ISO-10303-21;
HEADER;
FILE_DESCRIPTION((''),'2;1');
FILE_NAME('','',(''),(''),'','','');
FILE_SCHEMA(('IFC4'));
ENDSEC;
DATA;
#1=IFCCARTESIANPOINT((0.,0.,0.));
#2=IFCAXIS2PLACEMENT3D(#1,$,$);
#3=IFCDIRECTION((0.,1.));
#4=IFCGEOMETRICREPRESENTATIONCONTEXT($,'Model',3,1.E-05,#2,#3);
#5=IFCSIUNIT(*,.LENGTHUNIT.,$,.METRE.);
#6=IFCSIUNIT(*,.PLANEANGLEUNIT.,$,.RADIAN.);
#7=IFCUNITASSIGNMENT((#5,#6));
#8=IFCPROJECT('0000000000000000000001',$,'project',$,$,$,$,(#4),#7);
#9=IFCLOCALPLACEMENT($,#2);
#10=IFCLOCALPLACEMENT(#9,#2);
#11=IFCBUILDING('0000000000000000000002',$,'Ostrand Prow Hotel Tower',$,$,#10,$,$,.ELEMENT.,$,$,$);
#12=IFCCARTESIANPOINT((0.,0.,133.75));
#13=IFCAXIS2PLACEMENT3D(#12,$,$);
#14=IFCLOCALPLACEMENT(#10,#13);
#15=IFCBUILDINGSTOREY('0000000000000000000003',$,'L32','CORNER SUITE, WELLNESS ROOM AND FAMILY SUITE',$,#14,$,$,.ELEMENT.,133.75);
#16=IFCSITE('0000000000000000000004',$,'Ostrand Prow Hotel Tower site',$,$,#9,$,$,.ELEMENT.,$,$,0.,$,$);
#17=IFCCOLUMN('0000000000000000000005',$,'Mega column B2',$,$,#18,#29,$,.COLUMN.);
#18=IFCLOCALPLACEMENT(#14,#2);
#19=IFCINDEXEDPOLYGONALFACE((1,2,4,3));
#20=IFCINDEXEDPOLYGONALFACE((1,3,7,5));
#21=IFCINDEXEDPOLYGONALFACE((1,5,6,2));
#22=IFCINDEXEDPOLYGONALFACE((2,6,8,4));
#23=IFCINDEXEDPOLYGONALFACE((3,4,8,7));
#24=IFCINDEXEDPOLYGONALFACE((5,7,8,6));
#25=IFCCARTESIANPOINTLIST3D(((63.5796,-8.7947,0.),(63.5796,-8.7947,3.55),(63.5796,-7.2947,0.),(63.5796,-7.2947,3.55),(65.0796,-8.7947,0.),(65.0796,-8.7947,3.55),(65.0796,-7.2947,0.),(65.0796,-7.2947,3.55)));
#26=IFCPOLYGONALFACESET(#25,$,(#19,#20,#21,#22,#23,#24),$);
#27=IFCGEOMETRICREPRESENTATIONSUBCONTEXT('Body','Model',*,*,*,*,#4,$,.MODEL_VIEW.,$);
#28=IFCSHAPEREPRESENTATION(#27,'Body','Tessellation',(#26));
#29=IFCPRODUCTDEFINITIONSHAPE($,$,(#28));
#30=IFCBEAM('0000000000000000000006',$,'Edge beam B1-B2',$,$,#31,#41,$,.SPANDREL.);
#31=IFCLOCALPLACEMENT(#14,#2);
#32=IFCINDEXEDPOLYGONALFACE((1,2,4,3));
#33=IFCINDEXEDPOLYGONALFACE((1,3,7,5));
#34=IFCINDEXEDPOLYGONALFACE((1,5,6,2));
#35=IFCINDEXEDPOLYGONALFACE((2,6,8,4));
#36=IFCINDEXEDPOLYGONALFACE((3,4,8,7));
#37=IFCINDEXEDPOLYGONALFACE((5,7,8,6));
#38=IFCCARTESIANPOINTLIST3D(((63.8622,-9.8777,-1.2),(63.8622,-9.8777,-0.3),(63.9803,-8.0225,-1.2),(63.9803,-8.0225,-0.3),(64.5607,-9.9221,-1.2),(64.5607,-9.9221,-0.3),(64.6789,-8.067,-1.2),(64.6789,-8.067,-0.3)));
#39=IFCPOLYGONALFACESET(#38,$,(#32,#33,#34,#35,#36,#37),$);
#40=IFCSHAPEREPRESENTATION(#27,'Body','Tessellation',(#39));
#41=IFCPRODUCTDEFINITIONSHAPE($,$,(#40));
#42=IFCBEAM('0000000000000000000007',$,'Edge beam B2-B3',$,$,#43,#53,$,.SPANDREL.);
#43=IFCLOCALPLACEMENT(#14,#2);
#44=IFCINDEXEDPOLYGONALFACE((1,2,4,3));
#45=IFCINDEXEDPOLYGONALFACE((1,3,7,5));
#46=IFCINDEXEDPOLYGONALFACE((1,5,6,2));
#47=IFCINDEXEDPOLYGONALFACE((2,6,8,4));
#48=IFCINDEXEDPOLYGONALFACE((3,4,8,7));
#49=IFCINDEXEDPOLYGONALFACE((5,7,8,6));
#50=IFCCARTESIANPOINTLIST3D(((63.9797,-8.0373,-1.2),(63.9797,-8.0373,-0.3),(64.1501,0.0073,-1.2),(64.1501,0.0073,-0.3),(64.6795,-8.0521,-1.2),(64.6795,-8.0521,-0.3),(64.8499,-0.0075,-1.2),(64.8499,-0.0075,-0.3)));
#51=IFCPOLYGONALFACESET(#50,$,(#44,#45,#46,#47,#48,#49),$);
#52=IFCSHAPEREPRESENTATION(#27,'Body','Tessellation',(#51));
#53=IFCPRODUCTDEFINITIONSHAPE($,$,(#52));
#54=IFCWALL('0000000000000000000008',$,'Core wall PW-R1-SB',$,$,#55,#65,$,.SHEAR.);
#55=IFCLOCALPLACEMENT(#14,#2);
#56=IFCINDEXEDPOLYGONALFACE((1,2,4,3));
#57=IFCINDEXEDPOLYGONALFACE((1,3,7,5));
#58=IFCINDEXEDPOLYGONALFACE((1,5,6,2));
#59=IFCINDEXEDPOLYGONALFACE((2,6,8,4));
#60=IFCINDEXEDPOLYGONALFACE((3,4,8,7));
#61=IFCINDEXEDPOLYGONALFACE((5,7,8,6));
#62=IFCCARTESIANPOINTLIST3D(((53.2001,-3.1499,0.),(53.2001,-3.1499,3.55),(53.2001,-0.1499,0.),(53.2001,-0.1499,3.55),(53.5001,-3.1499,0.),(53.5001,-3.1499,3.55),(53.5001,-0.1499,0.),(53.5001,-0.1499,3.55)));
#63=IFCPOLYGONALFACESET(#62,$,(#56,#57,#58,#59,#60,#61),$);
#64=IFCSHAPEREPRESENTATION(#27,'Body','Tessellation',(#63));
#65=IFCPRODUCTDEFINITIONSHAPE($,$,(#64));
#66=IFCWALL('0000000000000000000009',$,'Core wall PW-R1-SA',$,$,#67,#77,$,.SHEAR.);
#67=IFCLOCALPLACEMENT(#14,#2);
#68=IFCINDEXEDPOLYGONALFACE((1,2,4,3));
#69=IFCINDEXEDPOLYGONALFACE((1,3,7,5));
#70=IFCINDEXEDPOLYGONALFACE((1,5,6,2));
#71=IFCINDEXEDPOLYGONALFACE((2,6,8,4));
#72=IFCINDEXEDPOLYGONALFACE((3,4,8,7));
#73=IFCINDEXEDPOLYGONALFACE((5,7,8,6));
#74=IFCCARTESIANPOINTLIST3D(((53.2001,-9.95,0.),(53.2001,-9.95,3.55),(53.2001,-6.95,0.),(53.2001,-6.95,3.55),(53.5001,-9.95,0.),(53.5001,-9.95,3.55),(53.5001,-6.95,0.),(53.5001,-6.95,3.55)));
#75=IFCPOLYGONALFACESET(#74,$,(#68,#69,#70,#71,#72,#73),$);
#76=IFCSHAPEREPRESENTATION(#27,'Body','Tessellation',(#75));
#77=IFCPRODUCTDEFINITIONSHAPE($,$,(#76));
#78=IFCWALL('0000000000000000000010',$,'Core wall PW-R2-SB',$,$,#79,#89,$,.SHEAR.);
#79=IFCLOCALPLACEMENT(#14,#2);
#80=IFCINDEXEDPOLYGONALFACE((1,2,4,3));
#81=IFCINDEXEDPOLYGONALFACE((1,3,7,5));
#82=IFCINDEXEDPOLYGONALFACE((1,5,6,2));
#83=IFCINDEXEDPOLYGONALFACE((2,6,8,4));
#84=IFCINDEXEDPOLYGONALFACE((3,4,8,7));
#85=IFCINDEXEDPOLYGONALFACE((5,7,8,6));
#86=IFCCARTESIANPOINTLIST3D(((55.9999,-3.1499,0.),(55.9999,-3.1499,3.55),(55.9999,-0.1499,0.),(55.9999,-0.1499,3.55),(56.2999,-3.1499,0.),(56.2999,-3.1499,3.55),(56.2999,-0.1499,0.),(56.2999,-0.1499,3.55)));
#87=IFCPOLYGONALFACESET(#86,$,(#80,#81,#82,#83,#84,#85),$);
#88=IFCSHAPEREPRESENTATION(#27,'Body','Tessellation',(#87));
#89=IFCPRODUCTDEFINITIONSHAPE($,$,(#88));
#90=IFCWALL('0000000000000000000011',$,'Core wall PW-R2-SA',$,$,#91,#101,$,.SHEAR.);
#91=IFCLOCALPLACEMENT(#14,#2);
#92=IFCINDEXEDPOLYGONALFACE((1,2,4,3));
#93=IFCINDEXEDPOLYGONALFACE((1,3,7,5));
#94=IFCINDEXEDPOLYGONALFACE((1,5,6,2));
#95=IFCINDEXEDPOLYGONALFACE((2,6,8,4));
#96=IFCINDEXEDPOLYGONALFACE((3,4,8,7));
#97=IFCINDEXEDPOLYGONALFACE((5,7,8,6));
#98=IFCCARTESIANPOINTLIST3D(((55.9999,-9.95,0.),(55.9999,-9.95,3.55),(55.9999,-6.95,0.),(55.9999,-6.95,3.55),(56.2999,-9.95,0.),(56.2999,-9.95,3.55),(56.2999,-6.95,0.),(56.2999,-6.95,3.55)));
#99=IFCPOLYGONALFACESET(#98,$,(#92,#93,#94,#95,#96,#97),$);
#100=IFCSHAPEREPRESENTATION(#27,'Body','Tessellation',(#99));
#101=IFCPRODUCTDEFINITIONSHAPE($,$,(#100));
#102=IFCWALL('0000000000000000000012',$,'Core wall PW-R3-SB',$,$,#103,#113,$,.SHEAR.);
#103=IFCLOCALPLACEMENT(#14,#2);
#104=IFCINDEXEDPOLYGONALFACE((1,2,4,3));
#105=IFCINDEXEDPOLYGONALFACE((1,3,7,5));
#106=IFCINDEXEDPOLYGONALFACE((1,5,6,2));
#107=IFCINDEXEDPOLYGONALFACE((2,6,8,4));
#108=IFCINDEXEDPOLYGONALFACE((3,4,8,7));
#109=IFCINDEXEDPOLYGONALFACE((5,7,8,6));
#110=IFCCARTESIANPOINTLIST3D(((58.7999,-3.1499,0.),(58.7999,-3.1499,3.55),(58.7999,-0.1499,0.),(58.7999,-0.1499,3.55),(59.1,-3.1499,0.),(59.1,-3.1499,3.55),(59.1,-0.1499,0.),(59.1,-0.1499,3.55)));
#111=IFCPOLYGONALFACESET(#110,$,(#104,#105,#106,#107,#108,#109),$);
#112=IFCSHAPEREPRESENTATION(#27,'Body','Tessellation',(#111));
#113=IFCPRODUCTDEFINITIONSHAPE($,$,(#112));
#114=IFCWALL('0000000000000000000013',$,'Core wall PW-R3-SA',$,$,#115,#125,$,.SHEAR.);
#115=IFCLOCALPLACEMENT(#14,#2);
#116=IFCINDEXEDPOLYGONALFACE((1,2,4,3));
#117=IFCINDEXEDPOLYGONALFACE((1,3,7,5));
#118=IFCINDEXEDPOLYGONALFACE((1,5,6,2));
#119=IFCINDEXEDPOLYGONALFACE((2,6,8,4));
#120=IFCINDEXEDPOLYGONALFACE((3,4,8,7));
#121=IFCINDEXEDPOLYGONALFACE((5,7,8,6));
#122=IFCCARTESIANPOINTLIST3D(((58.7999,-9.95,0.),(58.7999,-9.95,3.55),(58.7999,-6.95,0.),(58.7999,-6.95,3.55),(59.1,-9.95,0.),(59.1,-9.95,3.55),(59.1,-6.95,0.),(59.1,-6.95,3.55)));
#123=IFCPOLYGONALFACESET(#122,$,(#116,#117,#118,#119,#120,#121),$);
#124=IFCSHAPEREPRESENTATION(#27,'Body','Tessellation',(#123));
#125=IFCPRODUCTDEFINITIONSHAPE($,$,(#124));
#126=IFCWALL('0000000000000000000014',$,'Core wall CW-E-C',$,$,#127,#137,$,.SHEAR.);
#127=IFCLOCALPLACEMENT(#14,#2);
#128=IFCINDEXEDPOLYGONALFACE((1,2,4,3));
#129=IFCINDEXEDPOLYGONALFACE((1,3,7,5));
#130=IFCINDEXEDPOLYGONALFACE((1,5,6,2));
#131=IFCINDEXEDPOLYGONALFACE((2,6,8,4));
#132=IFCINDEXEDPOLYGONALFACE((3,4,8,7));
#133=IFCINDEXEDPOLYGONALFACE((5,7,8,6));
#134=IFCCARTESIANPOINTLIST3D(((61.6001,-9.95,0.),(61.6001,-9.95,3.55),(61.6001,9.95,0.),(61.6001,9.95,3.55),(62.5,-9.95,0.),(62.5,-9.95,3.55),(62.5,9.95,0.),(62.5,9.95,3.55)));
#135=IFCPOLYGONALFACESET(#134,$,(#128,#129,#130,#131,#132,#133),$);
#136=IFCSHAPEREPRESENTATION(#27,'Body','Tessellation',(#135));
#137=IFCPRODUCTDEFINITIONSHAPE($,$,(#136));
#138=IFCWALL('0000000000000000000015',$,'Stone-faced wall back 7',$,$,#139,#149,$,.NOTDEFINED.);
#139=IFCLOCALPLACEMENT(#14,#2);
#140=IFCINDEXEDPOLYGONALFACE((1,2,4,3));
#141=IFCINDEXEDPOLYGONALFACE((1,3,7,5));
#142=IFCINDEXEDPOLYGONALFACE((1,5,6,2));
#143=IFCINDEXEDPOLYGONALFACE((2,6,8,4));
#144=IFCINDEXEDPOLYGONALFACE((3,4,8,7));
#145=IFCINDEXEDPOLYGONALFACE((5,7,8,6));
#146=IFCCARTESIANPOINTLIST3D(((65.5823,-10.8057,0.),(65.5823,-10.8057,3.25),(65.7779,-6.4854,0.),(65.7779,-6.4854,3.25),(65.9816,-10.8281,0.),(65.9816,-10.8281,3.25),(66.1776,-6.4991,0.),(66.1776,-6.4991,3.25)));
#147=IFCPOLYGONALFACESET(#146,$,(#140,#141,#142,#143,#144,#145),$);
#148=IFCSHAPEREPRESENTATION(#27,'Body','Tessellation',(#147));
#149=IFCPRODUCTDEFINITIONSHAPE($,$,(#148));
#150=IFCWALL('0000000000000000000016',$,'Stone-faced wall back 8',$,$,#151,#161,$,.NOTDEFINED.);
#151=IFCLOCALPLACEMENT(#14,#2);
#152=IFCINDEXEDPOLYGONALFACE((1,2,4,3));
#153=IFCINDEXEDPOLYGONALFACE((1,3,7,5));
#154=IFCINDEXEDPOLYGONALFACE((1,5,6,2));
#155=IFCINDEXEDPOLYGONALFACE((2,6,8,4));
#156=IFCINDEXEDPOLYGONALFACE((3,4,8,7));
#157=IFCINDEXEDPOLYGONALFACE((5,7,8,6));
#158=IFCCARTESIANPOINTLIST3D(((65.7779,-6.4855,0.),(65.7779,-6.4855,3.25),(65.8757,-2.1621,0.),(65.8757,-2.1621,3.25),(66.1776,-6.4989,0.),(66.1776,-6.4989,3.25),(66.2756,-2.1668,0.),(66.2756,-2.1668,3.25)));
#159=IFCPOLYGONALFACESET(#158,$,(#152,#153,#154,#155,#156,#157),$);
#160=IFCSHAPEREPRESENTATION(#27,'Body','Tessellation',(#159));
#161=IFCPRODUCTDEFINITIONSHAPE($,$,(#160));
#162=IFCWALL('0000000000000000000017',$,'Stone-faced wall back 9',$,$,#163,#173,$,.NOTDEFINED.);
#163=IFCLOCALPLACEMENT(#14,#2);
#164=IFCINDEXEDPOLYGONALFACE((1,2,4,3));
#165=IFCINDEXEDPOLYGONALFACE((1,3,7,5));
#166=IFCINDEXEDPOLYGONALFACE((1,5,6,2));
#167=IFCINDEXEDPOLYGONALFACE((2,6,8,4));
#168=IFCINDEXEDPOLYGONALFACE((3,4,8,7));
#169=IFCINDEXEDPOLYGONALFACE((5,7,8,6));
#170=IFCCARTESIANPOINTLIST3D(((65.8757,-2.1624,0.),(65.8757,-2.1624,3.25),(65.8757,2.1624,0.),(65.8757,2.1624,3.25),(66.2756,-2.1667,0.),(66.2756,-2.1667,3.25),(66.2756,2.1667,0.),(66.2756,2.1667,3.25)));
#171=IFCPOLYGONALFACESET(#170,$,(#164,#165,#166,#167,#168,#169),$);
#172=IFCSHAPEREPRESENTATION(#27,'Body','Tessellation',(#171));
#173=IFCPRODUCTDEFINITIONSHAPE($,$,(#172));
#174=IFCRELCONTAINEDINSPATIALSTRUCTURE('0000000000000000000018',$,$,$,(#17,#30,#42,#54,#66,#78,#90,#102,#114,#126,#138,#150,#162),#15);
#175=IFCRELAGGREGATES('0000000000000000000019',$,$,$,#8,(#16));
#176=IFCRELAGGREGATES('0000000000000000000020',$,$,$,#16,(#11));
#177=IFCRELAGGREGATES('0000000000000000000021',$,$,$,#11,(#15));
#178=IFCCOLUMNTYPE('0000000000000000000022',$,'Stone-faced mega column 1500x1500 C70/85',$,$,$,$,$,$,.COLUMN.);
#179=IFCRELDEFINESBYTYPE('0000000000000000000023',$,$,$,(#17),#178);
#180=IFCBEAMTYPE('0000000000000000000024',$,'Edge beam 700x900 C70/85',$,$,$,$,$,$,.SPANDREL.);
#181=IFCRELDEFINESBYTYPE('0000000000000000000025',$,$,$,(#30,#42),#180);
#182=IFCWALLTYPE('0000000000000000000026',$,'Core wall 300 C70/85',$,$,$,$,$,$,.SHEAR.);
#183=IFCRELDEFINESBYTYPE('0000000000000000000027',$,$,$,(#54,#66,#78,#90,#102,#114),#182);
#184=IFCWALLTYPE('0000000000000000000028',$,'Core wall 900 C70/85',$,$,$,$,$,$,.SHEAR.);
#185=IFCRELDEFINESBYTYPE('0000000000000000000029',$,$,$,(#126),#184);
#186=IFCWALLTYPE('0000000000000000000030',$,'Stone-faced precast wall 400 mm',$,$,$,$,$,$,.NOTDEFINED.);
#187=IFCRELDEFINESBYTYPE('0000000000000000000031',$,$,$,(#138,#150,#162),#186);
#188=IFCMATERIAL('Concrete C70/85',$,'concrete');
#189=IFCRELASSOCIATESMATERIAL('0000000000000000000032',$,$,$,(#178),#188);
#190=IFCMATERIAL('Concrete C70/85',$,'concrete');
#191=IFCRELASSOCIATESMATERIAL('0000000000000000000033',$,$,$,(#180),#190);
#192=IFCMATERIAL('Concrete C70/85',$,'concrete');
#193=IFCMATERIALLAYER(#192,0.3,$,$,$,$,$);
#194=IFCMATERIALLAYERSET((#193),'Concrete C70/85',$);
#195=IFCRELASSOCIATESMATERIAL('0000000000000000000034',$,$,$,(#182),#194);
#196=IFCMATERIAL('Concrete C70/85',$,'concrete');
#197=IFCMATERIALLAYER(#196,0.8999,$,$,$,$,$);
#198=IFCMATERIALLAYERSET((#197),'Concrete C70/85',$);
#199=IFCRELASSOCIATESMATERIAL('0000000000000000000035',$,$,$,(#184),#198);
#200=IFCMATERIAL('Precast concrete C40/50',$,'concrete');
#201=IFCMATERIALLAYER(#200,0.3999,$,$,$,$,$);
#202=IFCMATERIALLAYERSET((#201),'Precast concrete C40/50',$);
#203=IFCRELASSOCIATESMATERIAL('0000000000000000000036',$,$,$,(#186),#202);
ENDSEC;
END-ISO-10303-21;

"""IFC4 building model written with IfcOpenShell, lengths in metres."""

from ifc_helpers import new_model, si_unit, direction, frame, frame_2d, origin, origin_2d, place, context, subcontext, project, spatial, polyline, rectangle, outline, extrude, material, layer, layer_set, material_profile, profile_set, type_object, element, save


model = new_model("IFC4")

# Units and contexts
model_context = context("Model", 3, precision=1e-05, world=origin(), true_north=direction((0.0, 1.0)))
body_context = subcontext(model_context, "Body", "Model", "MODEL_VIEW")
ifc_project = project(units=[si_unit("LENGTHUNIT", "METRE"), si_unit("PLANEANGLEUNIT", "RADIAN")], contexts=[model_context])

# Site, building, storey
site_placement = place(None, origin())
site = spatial("IfcSite", under=ifc_project, at=site_placement, Name="Ostrand Prow Hotel Tower site", CompositionType="ELEMENT", RefElevation=0.0)
building_placement = place(site_placement, origin())
building = spatial("IfcBuilding", under=site, at=building_placement, Name="Ostrand Prow Hotel Tower", CompositionType="ELEMENT")
storey_placement = place(building_placement, frame((0.0, 0.0, 133.75)))
storey = spatial("IfcBuildingStorey", under=building, at=storey_placement, Name="L32", Description="CORNER SUITE, WELLNESS ROOM AND FAMILY SUITE", CompositionType="ELEMENT", Elevation=133.75)

# Column
ifc_material_1 = material(Name="Concrete C70/85", Category="concrete")
ifc_material_profile_1 = material_profile(ifc_material_1, rectangle(XDim=1.5, YDim=1.5, at=origin_2d()), Name="RC 1500x1500")
ifc_profile_set_1 = profile_set([ifc_material_profile_1], Name="Concrete C70/85")
column_type = type_object("IfcColumnType", Name="Stone-faced mega column 1500x1500 C70/85", PredefinedType="COLUMN", material=ifc_profile_set_1)
column_placement = place(storey_placement, frame((64.3296, -8.0447, 0.0), z_axis=(0.0, 0.0, 1.0), x_axis=(1.0, 0.0, 0.0)))
element("IfcColumn", 1, at=column_placement, inside=storey, type_object=column_type, Name="Mega column B2", PredefinedType="COLUMN", context=body_context, shape_type="SweptSolid", body=[
    extrude(rectangle(XDim=1.5, YDim=1.5, at=origin_2d()), origin(), (0.0, 0.0, 1.0), 3.55),
])

# Beams
ifc_material_2 = material(Name="Concrete C70/85", Category="concrete")
ifc_material_profile_2 = material_profile(ifc_material_2, rectangle(XDim=0.7, YDim=0.8999, at=origin_2d()), Name="RC 700x900")
ifc_profile_set_2 = profile_set([ifc_material_profile_2], Name="Concrete C70/85")
beam_type = type_object("IfcBeamType", Name="Edge beam 700x900 C70/85", PredefinedType="SPANDREL", material=ifc_profile_set_2)
beam_1_placement = place(storey_placement, frame((64.2114, -9.8999, -0.75), z_axis=(0.063564, 0.997978, 0.0), x_axis=(-0.997978, 0.063564, 0.0)))
element("IfcBeam", 2, at=beam_1_placement, inside=storey, type_object=beam_type, Name="Edge beam B1-B2", PredefinedType="SPANDREL", context=body_context, shape_type="SweptSolid", body=[
    extrude(rectangle(XDim=0.7, YDim=0.8999, at=origin_2d()), origin(), (0.0, 0.0, 1.0), 1.8589),
])
beam_2_placement = place(storey_placement, frame((64.3296, -8.0447, -0.75), z_axis=(0.021178, 0.999776, 0.0), x_axis=(-0.999776, 0.021178, 0.0)))
element("IfcBeam", 3, at=beam_2_placement, inside=storey, type_object=beam_type, Name="Edge beam B2-B3", PredefinedType="SPANDREL", context=body_context, shape_type="SweptSolid", body=[
    extrude(rectangle(XDim=0.7, YDim=0.8999, at=origin_2d()), origin(), (0.0, 0.0, 1.0), 8.0464),
])

# Walls
ifc_material_3 = material(Name="Concrete C70/85", Category="concrete")
ifc_layer_1 = layer(ifc_material_3, 0.3)
ifc_layer_set_1 = layer_set([ifc_layer_1], Name="Concrete C70/85")
wall_type_1 = type_object("IfcWallType", Name="Core wall 300 C70/85", PredefinedType="SHEAR", material=ifc_layer_set_1)
for number, where, z_axis, x_axis, name in (
    (4, (53.3501, -3.1499, 0.0), (0.0, 0.0, 1.0), (0.0, 1.0, 0.0), "Core wall PW-R1-SB"),
    (5, (53.3501, -9.95, 0.0), (0.0, 0.0, 1.0), (0.0, 1.0, 0.0), "Core wall PW-R1-SA"),
    (6, (56.1499, -3.1499, 0.0), (0.0, 0.0, 1.0), (0.0, 1.0, 0.0), "Core wall PW-R2-SB"),
    (7, (56.1499, -9.95, 0.0), (0.0, 0.0, 1.0), (0.0, 1.0, 0.0), "Core wall PW-R2-SA"),
    (8, (58.95, -3.1499, 0.0), (0.0, 0.0, 1.0), (0.0, 1.0, 0.0), "Core wall PW-R3-SB"),
    (9, (58.95, -9.95, 0.0), (0.0, 0.0, 1.0), (0.0, 1.0, 0.0), "Core wall PW-R3-SA"),
):
    element("IfcWall", number, at=place(storey_placement, frame(where, z_axis=z_axis, x_axis=x_axis)), inside=storey, type_object=wall_type_1, Name=name, PredefinedType="SHEAR", context=body_context, shape_type="SweptSolid", body=[
        extrude(rectangle(XDim=3.0, YDim=0.3, at=frame_2d((1.5, 0.0))), origin(), (0.0, 0.0, 1.0), 3.55),
    ])
ifc_material_4 = material(Name="Concrete C70/85", Category="concrete")
ifc_layer_2 = layer(ifc_material_4, 0.8999)
ifc_layer_set_2 = layer_set([ifc_layer_2], Name="Concrete C70/85")
wall_type_2 = type_object("IfcWallType", Name="Core wall 900 C70/85", PredefinedType="SHEAR", material=ifc_layer_set_2)
wall_1_placement = place(storey_placement, frame((62.05, -9.95, 0.0), z_axis=(0.0, 0.0, 1.0), x_axis=(0.0, 1.0, 0.0)))
element("IfcWall", 10, at=wall_1_placement, inside=storey, type_object=wall_type_2, Name="Core wall CW-E-C", PredefinedType="SHEAR", context=body_context, shape_type="SweptSolid", body=[
    extrude(rectangle(XDim=19.8999, YDim=0.8999, at=frame_2d((9.95, 0.0))), origin(), (0.0, 0.0, 1.0), 3.55),
])
ifc_material_5 = material(Name="Precast concrete C40/50", Category="concrete")
ifc_layer_3 = layer(ifc_material_5, 0.3999)
ifc_layer_set_3 = layer_set([ifc_layer_3], Name="Precast concrete C40/50")
wall_type_3 = type_object("IfcWallType", Name="Stone-faced precast wall 400 mm", PredefinedType="NOTDEFINED", material=ifc_layer_set_3)
wall_2_placement = place(storey_placement, frame((65.782, -10.8169, 0.0), z_axis=(0.0, 0.0, 1.0), x_axis=(0.045229, 0.998977, 0.0)))
element("IfcWall", 11, at=wall_2_placement, inside=storey, type_object=wall_type_3, Name="Stone-faced wall back 7", PredefinedType="NOTDEFINED", context=body_context, shape_type="SweptSolid", body=[
    extrude(outline(polyline([(-0.0022, -0.2), (4.3313, -0.2), (4.3269, 0.2), (0.0022, 0.2), (-0.0022, -0.2)])), origin(), (0.0, 0.0, 1.0), 3.25),
])
wall_3_placement = place(storey_placement, frame((65.9778, -6.4922, 0.0), z_axis=(0.0, 0.0, 1.0), x_axis=(0.022616, 0.999744, 0.0)))
element("IfcWall", 12, at=wall_3_placement, inside=storey, type_object=wall_type_3, Name="Stone-faced wall back 8", PredefinedType="NOTDEFINED", context=body_context, shape_type="SweptSolid", body=[
    extrude(outline(polyline([(-0.0022, -0.2), (4.3311, -0.2), (4.3267, 0.2), (0.0022, 0.2), (-0.0022, -0.2)])), origin(), (0.0, 0.0, 1.0), 3.25),
])
wall_4_placement = place(storey_placement, frame((66.0757, -2.1646, 0.0), z_axis=(0.0, 0.0, 1.0), x_axis=(0.0, 1.0, 0.0)))
element("IfcWall", 13, at=wall_4_placement, inside=storey, type_object=wall_type_3, Name="Stone-faced wall back 9", PredefinedType="NOTDEFINED", context=body_context, shape_type="SweptSolid", body=[
    extrude(outline(polyline([(-0.0022, -0.2), (4.3313, -0.2), (4.3269, 0.2), (0.0022, 0.2), (-0.0022, -0.2)])), origin(), (0.0, 0.0, 1.0), 3.25),
])

save(model, "model.ifc")
